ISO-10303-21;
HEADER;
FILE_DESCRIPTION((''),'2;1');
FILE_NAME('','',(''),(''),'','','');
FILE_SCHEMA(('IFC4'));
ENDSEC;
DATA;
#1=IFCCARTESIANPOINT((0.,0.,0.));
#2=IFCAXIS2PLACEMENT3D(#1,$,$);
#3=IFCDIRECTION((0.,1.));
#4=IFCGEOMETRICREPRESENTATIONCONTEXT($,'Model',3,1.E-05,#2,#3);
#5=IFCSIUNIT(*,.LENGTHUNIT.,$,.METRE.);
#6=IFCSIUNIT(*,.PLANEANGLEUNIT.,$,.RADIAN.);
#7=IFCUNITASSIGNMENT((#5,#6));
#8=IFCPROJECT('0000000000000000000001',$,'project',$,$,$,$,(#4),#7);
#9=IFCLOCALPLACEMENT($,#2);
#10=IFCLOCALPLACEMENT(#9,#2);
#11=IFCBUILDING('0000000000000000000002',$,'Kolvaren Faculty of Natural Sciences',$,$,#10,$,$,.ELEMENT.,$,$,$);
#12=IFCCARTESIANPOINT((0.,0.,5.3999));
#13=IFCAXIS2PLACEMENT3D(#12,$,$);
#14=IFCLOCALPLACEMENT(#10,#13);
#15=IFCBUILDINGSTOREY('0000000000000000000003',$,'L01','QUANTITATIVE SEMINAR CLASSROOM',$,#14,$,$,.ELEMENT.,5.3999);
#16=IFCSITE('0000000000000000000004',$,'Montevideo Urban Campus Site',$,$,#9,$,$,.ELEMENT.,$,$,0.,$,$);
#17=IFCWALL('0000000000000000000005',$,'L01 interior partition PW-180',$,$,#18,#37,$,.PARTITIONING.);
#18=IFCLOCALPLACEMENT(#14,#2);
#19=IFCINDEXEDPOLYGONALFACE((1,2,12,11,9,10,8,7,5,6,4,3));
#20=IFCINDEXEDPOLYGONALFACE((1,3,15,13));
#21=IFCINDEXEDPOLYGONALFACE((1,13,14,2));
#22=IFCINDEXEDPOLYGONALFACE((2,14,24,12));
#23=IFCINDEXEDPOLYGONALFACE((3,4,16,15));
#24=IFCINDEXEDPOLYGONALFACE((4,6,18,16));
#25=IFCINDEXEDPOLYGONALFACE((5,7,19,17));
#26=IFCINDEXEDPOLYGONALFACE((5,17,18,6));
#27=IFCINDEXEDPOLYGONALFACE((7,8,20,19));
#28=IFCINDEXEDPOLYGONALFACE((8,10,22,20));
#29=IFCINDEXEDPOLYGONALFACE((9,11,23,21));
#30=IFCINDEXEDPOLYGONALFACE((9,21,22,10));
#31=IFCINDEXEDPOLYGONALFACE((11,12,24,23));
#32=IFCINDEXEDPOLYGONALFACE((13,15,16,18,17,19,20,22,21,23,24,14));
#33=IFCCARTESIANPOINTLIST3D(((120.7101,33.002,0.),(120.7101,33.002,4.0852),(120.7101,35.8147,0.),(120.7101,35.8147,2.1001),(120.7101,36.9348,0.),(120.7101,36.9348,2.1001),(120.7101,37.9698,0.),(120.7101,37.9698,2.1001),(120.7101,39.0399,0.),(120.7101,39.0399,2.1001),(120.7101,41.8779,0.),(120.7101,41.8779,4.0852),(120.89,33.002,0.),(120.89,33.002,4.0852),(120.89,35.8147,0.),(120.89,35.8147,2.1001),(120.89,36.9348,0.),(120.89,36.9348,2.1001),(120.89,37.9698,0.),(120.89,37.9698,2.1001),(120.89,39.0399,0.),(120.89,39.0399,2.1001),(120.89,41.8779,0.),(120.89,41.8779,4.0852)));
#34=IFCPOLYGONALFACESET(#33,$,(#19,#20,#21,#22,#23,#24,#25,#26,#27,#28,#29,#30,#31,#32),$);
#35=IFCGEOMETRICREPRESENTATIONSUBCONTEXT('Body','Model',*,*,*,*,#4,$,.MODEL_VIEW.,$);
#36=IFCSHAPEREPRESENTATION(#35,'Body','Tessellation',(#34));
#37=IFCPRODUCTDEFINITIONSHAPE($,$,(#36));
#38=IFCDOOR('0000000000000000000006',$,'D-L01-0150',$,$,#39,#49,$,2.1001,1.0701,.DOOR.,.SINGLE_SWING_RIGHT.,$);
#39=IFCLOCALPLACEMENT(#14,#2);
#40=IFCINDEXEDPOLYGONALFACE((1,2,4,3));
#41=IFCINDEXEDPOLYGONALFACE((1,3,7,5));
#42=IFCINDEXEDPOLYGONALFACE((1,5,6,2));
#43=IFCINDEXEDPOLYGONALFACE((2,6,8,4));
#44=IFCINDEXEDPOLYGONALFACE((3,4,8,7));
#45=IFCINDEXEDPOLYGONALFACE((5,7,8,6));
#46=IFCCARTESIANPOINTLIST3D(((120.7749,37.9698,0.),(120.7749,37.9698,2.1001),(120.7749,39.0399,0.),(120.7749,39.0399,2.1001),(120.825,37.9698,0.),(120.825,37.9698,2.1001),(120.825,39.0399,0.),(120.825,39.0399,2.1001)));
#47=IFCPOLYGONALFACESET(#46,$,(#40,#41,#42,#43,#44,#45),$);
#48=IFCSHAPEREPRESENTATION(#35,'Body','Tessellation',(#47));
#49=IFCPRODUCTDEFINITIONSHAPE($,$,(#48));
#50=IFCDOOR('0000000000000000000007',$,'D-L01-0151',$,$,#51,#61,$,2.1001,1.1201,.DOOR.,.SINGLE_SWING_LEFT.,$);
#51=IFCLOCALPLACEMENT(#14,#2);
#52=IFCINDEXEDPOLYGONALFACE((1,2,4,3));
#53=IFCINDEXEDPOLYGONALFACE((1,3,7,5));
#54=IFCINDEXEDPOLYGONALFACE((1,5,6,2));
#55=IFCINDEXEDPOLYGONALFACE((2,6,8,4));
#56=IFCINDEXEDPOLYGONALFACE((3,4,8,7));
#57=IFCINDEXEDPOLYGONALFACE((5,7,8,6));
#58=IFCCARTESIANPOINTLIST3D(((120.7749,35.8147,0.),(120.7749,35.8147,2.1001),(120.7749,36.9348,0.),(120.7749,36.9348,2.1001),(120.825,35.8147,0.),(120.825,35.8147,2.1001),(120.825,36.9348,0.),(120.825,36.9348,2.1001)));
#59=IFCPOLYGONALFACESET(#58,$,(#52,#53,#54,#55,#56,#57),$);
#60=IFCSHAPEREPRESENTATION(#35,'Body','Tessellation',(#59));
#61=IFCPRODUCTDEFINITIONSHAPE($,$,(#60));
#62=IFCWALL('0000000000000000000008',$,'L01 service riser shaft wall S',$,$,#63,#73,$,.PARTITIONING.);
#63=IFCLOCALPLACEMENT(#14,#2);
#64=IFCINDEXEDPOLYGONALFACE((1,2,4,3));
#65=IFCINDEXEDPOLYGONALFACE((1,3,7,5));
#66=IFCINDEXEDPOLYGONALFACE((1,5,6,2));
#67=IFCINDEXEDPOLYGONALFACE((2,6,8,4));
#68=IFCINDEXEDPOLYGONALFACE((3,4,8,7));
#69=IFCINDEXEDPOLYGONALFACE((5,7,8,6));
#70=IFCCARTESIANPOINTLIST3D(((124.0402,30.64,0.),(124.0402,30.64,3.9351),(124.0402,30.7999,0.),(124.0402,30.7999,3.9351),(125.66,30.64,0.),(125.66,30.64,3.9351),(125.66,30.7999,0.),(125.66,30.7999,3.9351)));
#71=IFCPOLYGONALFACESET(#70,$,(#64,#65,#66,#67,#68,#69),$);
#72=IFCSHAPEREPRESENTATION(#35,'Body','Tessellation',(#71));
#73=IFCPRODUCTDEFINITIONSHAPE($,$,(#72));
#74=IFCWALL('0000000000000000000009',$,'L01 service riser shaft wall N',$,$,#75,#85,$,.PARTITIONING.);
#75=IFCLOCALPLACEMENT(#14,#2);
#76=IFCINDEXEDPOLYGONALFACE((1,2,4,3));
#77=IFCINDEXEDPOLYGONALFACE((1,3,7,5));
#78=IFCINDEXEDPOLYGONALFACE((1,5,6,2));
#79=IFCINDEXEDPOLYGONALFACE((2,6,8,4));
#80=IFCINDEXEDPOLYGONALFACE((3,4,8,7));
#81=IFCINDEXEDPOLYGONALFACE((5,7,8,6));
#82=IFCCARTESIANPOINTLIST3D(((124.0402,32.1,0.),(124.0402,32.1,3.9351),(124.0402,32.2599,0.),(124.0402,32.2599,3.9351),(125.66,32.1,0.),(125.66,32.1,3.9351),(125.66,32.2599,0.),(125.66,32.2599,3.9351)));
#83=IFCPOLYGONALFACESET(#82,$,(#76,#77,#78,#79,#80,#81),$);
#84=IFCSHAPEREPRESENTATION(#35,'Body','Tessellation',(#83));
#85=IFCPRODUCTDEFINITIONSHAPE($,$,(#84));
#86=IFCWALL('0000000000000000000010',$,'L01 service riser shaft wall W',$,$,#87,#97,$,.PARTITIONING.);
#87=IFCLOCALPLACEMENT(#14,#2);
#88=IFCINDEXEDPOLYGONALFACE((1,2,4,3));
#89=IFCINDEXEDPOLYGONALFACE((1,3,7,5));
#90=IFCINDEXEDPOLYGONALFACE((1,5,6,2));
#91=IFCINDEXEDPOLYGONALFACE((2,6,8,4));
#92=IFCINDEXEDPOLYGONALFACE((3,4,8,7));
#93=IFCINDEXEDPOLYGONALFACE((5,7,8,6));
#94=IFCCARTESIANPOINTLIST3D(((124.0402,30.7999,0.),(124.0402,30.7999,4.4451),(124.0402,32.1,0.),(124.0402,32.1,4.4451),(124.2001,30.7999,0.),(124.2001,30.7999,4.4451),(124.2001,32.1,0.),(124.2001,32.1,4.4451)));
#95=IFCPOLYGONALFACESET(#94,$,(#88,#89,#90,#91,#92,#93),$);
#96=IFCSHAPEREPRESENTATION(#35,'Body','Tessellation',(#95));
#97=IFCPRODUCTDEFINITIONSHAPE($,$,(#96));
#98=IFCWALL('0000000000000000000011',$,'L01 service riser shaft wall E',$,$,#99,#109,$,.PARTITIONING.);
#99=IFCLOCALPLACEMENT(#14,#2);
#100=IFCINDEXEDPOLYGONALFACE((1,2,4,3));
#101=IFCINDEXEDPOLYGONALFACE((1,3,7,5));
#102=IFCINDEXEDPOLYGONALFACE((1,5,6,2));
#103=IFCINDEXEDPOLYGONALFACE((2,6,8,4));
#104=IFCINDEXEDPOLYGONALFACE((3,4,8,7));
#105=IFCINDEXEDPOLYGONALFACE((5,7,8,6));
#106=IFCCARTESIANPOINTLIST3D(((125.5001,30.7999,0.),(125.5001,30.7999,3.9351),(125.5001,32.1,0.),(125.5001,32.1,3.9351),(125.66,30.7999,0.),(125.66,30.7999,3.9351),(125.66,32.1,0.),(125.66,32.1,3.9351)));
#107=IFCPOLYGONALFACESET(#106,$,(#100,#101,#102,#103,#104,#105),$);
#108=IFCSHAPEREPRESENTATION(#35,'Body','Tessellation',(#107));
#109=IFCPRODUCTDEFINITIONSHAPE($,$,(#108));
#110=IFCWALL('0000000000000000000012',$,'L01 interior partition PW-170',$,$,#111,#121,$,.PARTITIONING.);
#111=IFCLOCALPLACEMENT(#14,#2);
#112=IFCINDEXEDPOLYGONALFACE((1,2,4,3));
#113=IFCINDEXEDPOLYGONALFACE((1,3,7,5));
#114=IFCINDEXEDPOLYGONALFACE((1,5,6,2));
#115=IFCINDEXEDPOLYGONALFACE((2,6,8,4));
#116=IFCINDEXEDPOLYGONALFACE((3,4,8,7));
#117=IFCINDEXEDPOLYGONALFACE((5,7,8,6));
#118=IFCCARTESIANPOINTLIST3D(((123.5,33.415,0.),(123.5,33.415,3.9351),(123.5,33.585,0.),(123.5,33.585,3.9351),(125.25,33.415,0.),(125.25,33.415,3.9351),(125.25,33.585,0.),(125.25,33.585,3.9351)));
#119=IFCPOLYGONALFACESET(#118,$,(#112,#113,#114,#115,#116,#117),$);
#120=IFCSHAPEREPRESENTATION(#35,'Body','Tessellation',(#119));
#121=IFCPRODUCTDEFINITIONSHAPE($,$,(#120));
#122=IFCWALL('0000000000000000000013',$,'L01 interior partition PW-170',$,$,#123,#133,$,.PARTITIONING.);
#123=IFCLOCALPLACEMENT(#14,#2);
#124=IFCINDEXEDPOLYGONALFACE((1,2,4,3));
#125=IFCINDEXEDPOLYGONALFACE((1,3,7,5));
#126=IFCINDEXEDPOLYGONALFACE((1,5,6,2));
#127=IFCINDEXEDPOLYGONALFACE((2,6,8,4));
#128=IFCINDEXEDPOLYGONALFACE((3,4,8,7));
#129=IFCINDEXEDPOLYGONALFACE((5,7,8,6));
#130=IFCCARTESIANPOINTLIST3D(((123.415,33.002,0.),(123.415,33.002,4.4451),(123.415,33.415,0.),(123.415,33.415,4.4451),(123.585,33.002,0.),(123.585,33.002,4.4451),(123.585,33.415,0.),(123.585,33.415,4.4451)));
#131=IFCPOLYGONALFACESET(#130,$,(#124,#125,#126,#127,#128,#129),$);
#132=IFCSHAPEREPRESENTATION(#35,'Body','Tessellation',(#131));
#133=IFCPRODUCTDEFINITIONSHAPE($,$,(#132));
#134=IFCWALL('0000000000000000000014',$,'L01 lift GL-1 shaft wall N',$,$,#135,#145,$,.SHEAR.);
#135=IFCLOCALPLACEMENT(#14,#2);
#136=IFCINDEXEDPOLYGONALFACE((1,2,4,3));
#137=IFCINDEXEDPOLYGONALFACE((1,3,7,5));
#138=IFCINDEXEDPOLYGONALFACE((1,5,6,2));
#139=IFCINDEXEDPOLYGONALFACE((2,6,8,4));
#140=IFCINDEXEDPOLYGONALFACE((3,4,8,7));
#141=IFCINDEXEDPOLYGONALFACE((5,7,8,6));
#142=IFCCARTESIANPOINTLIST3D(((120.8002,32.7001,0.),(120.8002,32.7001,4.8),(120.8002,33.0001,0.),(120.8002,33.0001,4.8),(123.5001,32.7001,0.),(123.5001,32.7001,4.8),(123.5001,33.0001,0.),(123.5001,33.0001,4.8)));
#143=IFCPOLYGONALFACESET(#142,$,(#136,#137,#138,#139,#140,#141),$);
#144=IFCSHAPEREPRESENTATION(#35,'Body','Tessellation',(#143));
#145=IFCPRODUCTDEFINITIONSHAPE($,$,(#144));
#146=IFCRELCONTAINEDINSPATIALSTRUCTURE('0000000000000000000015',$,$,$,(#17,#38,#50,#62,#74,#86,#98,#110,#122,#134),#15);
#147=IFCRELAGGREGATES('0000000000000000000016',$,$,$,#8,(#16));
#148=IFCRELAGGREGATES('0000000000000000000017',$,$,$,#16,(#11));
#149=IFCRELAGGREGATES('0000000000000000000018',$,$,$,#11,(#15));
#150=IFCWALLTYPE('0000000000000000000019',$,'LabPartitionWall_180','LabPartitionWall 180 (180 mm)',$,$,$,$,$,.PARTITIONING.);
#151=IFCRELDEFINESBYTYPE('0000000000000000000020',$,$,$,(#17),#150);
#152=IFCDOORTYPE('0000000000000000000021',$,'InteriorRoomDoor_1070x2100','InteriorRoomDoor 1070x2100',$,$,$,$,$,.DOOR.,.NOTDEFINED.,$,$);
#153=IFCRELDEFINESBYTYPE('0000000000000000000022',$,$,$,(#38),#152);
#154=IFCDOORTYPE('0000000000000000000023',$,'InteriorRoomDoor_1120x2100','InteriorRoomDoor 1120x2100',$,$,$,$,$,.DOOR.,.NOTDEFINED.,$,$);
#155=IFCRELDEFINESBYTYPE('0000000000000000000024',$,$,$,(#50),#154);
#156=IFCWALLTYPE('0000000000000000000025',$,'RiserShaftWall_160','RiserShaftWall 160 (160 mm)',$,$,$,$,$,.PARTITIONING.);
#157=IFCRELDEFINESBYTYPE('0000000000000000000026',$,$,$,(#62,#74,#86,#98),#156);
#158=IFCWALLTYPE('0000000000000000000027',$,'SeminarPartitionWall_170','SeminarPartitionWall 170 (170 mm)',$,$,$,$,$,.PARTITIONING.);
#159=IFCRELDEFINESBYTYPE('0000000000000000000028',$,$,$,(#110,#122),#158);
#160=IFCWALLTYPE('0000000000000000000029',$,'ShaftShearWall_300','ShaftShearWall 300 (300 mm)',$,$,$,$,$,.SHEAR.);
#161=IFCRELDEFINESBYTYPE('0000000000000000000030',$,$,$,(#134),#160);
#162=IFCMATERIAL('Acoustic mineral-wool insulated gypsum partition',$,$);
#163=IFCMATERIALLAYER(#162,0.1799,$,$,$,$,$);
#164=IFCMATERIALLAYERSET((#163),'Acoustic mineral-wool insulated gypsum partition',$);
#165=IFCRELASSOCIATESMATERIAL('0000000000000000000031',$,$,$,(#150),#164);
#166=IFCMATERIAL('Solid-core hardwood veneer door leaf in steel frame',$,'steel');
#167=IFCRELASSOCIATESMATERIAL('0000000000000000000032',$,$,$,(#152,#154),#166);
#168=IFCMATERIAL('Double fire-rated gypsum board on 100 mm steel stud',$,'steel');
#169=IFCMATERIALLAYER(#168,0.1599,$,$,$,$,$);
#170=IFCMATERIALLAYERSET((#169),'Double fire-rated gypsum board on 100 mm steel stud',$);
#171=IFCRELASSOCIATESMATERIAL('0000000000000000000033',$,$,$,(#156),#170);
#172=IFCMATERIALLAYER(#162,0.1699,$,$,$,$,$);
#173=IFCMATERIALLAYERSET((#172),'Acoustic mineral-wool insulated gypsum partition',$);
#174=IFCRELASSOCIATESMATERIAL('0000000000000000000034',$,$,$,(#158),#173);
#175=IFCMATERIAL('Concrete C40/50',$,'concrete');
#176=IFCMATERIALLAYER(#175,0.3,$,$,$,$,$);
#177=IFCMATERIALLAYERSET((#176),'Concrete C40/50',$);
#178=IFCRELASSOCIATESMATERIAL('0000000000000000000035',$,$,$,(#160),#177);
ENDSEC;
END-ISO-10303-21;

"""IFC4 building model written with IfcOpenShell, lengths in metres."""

from ifc_helpers import new_model, si_unit, direction, frame, frame_2d, origin, place, context, subcontext, project, spatial, rectangle, extrude, material, layer, layer_set, type_object, element, fill, save


model = new_model("IFC4")

# Units and contexts
model_context = context("Model", 3, precision=1e-05, world=origin(), true_north=direction((0.0, 1.0)))
body_context = subcontext(model_context, "Body", "Model", "MODEL_VIEW")
ifc_project = project(units=[si_unit("LENGTHUNIT", "METRE"), si_unit("PLANEANGLEUNIT", "RADIAN")], contexts=[model_context])

# Site, building, storey
site_placement = place(None, origin())
site = spatial("IfcSite", under=ifc_project, at=site_placement, Name="Montevideo Urban Campus Site", CompositionType="ELEMENT", RefElevation=0.0)
building_placement = place(site_placement, origin())
building = spatial("IfcBuilding", under=site, at=building_placement, Name="Kolvaren Faculty of Natural Sciences", CompositionType="ELEMENT")
storey_placement = place(building_placement, frame((0.0, 0.0, 5.3999)))
storey = spatial("IfcBuildingStorey", under=building, at=storey_placement, Name="L01", Description="QUANTITATIVE SEMINAR CLASSROOM", CompositionType="ELEMENT", Elevation=5.3999)

# Shared definitions
ifc_material_1 = material(Name="Concrete C40/50", Category="concrete")

# Wall, openings, doors
ifc_material_2 = material(Name="Acoustic mineral-wool insulated gypsum partition")
ifc_layer_1 = layer(ifc_material_2, 0.1799)
ifc_layer_set_1 = layer_set([ifc_layer_1], Name="Acoustic mineral-wool insulated gypsum partition")
wall_type_1 = type_object("IfcWallType", Name="LabPartitionWall_180", Description="LabPartitionWall 180 (180 mm)", PredefinedType="PARTITIONING", material=ifc_layer_set_1)
wall_1_placement = place(storey_placement, frame((120.8, 41.8779, 0.0), z_axis=(0.0, 0.0, 1.0), x_axis=(0.0, -1.0, 0.0)))
wall_1 = element("IfcWall", 1, at=wall_1_placement, inside=storey, type_object=wall_type_1, Name="L01 interior partition PW-180", PredefinedType="PARTITIONING", context=body_context, shape_type="SweptSolid", body=[
    extrude(rectangle(XDim=8.876, YDim=0.1799, at=frame_2d((4.438, 0.0))), origin(), (0.0, 0.0, 1.0), 4.0852),
])
opening_1_placement = place(wall_1_placement, frame((2.8379, 0.0, 0.0)))
opening_1 = element("IfcOpeningElement", 2, at=opening_1_placement, cuts=wall_1, PredefinedType="OPENING", context=body_context, shape_type="SweptSolid", body=[
    extrude(rectangle(XDim=1.0701, YDim=2.1001, at=frame_2d((0.5352, 1.05))), frame((0.0, 0.0999, 0.0), z_axis=(0.0, -1.0, 0.0), x_axis=(1.0, 0.0, 0.0)), (0.0, 0.0, 1.0), 0.2),
])
opening_2_placement = place(wall_1_placement, frame((4.9431, 0.0, 0.0)))
opening_2 = element("IfcOpeningElement", 3, at=opening_2_placement, cuts=wall_1, PredefinedType="OPENING", context=body_context, shape_type="SweptSolid", body=[
    extrude(rectangle(XDim=1.1201, YDim=2.1001, at=frame_2d((0.5601, 1.05))), frame((0.0, 0.0999, 0.0), z_axis=(0.0, -1.0, 0.0), x_axis=(1.0, 0.0, 0.0)), (0.0, 0.0, 1.0), 0.2),
])
ifc_material_3 = material(Name="Solid-core hardwood veneer door leaf in steel frame", Category="steel")
door_type_1 = type_object("IfcDoorType", Name="InteriorRoomDoor_1070x2100", Description="InteriorRoomDoor 1070x2100", OperationType="NOTDEFINED", PredefinedType="DOOR", material=ifc_material_3)
door_1_placement = place(opening_1_placement, origin())
door_1 = element("IfcDoor", 4, at=door_1_placement, inside=storey, type_object=door_type_1, Name="D-L01-0150", OperationType="SINGLE_SWING_RIGHT", OverallHeight=2.1001, OverallWidth=1.0701, PredefinedType="DOOR", context=body_context, shape_type="SweptSolid", body=[
    extrude(rectangle(XDim=1.0701, YDim=2.1001, at=frame_2d((0.5352, 1.05))), frame((0.0, 0.0249, 0.0), z_axis=(0.0, -1.0, 0.0), x_axis=(1.0, 0.0, 0.0)), (0.0, 0.0, 1.0), 0.05),
])
fill(opening_1, door_1)
door_type_2 = type_object("IfcDoorType", Name="InteriorRoomDoor_1120x2100", Description="InteriorRoomDoor 1120x2100", OperationType="NOTDEFINED", PredefinedType="DOOR", material=ifc_material_3)
door_2_placement = place(opening_2_placement, origin())
door_2 = element("IfcDoor", 5, at=door_2_placement, inside=storey, type_object=door_type_2, Name="D-L01-0151", OperationType="SINGLE_SWING_LEFT", OverallHeight=2.1001, OverallWidth=1.1201, PredefinedType="DOOR", context=body_context, shape_type="SweptSolid", body=[
    extrude(rectangle(XDim=1.1201, YDim=2.1001, at=frame_2d((0.5601, 1.05))), frame((0.0, 0.0249, 0.0), z_axis=(0.0, -1.0, 0.0), x_axis=(1.0, 0.0, 0.0)), (0.0, 0.0, 1.0), 0.05),
])
fill(opening_2, door_2)

# Walls
ifc_material_4 = material(Name="Double fire-rated gypsum board on 100 mm steel stud", Category="steel")
ifc_layer_2 = layer(ifc_material_4, 0.1599)
ifc_layer_set_2 = layer_set([ifc_layer_2], Name="Double fire-rated gypsum board on 100 mm steel stud")
wall_type_2 = type_object("IfcWallType", Name="RiserShaftWall_160", Description="RiserShaftWall 160 (160 mm)", PredefinedType="PARTITIONING", material=ifc_layer_set_2)
for number, where, z_axis, x_axis, name in (
    (6, (124.04, 30.72, 0.0), (0.0, 0.0, 1.0), (1.0, 0.0, 0.0), "L01 service riser shaft wall S"),
    (7, (124.04, 32.1799, 0.0), (0.0, 0.0, 1.0), (1.0, 0.0, 0.0), "L01 service riser shaft wall N"),
):
    element("IfcWall", number, at=place(storey_placement, frame(where, z_axis=z_axis, x_axis=x_axis)), inside=storey, type_object=wall_type_2, Name=name, PredefinedType="PARTITIONING", context=body_context, shape_type="SweptSolid", body=[
        extrude(rectangle(XDim=1.6199, YDim=0.1599, at=frame_2d((0.8101, 0.0))), origin(), (0.0, 0.0, 1.0), 3.9351),
    ])
wall_2_placement = place(storey_placement, frame((124.1201, 30.8, 0.0), z_axis=(0.0, 0.0, 1.0), x_axis=(0.0, 1.0, 0.0)))
element("IfcWall", 8, at=wall_2_placement, inside=storey, type_object=wall_type_2, Name="L01 service riser shaft wall W", PredefinedType="PARTITIONING", context=body_context, shape_type="SweptSolid", body=[
    extrude(rectangle(XDim=1.3, YDim=0.1599, at=frame_2d((0.6499, 0.0))), origin(), (0.0, 0.0, 1.0), 4.4451),
])
wall_3_placement = place(storey_placement, frame((125.5801, 30.8, 0.0), z_axis=(0.0, 0.0, 1.0), x_axis=(0.0, 1.0, 0.0)))
element("IfcWall", 9, at=wall_3_placement, inside=storey, type_object=wall_type_2, Name="L01 service riser shaft wall E", PredefinedType="PARTITIONING", context=body_context, shape_type="SweptSolid", body=[
    extrude(rectangle(XDim=1.3, YDim=0.1599, at=frame_2d((0.6499, 0.0))), origin(), (0.0, 0.0, 1.0), 3.9351),
])
ifc_layer_3 = layer(ifc_material_2, 0.1699)
ifc_layer_set_3 = layer_set([ifc_layer_3], Name="Acoustic mineral-wool insulated gypsum partition")
wall_type_3 = type_object("IfcWallType", Name="SeminarPartitionWall_170", Description="SeminarPartitionWall 170 (170 mm)", PredefinedType="PARTITIONING", material=ifc_layer_set_3)
wall_4_placement = place(storey_placement, frame((125.25, 33.5, 0.0), z_axis=(0.0, 0.0, 1.0), x_axis=(-1.0, 0.0, 0.0)))
element("IfcWall", 10, at=wall_4_placement, inside=storey, type_object=wall_type_3, Name="L01 interior partition PW-170", PredefinedType="PARTITIONING", context=body_context, shape_type="SweptSolid", body=[
    extrude(rectangle(XDim=1.75, YDim=0.1699, at=frame_2d((0.875, 0.0))), origin(), (0.0, 0.0, 1.0), 3.9351),
])
wall_5_placement = place(storey_placement, frame((123.5, 33.415, 0.0), z_axis=(0.0, 0.0, 1.0), x_axis=(0.0, -1.0, 0.0)))
element("IfcWall", 11, at=wall_5_placement, inside=storey, type_object=wall_type_3, Name="L01 interior partition PW-170", PredefinedType="PARTITIONING", context=body_context, shape_type="SweptSolid", body=[
    extrude(rectangle(XDim=0.4131, YDim=0.1699, at=frame_2d((0.2065, 0.0))), origin(), (0.0, 0.0, 1.0), 4.4451),
])
ifc_layer_4 = layer(ifc_material_1, 0.3)
ifc_layer_set_4 = layer_set([ifc_layer_4], Name="Concrete C40/50")
wall_type_4 = type_object("IfcWallType", Name="ShaftShearWall_300", Description="ShaftShearWall 300 (300 mm)", PredefinedType="SHEAR", material=ifc_layer_set_4)
wall_6_placement = place(storey_placement, frame((120.8, 32.8501, 0.0), z_axis=(0.0, 0.0, 1.0), x_axis=(1.0, 0.0, 0.0)))
element("IfcWall", 12, at=wall_6_placement, inside=storey, type_object=wall_type_4, Name="L01 lift GL-1 shaft wall N", PredefinedType="SHEAR", context=body_context, shape_type="SweptSolid", body=[
    extrude(rectangle(XDim=2.7, YDim=0.3, at=frame_2d((1.3501, 0.0))), origin(), (0.0, 0.0, 1.0), 4.8),
])

save(model, "model.ifc")
